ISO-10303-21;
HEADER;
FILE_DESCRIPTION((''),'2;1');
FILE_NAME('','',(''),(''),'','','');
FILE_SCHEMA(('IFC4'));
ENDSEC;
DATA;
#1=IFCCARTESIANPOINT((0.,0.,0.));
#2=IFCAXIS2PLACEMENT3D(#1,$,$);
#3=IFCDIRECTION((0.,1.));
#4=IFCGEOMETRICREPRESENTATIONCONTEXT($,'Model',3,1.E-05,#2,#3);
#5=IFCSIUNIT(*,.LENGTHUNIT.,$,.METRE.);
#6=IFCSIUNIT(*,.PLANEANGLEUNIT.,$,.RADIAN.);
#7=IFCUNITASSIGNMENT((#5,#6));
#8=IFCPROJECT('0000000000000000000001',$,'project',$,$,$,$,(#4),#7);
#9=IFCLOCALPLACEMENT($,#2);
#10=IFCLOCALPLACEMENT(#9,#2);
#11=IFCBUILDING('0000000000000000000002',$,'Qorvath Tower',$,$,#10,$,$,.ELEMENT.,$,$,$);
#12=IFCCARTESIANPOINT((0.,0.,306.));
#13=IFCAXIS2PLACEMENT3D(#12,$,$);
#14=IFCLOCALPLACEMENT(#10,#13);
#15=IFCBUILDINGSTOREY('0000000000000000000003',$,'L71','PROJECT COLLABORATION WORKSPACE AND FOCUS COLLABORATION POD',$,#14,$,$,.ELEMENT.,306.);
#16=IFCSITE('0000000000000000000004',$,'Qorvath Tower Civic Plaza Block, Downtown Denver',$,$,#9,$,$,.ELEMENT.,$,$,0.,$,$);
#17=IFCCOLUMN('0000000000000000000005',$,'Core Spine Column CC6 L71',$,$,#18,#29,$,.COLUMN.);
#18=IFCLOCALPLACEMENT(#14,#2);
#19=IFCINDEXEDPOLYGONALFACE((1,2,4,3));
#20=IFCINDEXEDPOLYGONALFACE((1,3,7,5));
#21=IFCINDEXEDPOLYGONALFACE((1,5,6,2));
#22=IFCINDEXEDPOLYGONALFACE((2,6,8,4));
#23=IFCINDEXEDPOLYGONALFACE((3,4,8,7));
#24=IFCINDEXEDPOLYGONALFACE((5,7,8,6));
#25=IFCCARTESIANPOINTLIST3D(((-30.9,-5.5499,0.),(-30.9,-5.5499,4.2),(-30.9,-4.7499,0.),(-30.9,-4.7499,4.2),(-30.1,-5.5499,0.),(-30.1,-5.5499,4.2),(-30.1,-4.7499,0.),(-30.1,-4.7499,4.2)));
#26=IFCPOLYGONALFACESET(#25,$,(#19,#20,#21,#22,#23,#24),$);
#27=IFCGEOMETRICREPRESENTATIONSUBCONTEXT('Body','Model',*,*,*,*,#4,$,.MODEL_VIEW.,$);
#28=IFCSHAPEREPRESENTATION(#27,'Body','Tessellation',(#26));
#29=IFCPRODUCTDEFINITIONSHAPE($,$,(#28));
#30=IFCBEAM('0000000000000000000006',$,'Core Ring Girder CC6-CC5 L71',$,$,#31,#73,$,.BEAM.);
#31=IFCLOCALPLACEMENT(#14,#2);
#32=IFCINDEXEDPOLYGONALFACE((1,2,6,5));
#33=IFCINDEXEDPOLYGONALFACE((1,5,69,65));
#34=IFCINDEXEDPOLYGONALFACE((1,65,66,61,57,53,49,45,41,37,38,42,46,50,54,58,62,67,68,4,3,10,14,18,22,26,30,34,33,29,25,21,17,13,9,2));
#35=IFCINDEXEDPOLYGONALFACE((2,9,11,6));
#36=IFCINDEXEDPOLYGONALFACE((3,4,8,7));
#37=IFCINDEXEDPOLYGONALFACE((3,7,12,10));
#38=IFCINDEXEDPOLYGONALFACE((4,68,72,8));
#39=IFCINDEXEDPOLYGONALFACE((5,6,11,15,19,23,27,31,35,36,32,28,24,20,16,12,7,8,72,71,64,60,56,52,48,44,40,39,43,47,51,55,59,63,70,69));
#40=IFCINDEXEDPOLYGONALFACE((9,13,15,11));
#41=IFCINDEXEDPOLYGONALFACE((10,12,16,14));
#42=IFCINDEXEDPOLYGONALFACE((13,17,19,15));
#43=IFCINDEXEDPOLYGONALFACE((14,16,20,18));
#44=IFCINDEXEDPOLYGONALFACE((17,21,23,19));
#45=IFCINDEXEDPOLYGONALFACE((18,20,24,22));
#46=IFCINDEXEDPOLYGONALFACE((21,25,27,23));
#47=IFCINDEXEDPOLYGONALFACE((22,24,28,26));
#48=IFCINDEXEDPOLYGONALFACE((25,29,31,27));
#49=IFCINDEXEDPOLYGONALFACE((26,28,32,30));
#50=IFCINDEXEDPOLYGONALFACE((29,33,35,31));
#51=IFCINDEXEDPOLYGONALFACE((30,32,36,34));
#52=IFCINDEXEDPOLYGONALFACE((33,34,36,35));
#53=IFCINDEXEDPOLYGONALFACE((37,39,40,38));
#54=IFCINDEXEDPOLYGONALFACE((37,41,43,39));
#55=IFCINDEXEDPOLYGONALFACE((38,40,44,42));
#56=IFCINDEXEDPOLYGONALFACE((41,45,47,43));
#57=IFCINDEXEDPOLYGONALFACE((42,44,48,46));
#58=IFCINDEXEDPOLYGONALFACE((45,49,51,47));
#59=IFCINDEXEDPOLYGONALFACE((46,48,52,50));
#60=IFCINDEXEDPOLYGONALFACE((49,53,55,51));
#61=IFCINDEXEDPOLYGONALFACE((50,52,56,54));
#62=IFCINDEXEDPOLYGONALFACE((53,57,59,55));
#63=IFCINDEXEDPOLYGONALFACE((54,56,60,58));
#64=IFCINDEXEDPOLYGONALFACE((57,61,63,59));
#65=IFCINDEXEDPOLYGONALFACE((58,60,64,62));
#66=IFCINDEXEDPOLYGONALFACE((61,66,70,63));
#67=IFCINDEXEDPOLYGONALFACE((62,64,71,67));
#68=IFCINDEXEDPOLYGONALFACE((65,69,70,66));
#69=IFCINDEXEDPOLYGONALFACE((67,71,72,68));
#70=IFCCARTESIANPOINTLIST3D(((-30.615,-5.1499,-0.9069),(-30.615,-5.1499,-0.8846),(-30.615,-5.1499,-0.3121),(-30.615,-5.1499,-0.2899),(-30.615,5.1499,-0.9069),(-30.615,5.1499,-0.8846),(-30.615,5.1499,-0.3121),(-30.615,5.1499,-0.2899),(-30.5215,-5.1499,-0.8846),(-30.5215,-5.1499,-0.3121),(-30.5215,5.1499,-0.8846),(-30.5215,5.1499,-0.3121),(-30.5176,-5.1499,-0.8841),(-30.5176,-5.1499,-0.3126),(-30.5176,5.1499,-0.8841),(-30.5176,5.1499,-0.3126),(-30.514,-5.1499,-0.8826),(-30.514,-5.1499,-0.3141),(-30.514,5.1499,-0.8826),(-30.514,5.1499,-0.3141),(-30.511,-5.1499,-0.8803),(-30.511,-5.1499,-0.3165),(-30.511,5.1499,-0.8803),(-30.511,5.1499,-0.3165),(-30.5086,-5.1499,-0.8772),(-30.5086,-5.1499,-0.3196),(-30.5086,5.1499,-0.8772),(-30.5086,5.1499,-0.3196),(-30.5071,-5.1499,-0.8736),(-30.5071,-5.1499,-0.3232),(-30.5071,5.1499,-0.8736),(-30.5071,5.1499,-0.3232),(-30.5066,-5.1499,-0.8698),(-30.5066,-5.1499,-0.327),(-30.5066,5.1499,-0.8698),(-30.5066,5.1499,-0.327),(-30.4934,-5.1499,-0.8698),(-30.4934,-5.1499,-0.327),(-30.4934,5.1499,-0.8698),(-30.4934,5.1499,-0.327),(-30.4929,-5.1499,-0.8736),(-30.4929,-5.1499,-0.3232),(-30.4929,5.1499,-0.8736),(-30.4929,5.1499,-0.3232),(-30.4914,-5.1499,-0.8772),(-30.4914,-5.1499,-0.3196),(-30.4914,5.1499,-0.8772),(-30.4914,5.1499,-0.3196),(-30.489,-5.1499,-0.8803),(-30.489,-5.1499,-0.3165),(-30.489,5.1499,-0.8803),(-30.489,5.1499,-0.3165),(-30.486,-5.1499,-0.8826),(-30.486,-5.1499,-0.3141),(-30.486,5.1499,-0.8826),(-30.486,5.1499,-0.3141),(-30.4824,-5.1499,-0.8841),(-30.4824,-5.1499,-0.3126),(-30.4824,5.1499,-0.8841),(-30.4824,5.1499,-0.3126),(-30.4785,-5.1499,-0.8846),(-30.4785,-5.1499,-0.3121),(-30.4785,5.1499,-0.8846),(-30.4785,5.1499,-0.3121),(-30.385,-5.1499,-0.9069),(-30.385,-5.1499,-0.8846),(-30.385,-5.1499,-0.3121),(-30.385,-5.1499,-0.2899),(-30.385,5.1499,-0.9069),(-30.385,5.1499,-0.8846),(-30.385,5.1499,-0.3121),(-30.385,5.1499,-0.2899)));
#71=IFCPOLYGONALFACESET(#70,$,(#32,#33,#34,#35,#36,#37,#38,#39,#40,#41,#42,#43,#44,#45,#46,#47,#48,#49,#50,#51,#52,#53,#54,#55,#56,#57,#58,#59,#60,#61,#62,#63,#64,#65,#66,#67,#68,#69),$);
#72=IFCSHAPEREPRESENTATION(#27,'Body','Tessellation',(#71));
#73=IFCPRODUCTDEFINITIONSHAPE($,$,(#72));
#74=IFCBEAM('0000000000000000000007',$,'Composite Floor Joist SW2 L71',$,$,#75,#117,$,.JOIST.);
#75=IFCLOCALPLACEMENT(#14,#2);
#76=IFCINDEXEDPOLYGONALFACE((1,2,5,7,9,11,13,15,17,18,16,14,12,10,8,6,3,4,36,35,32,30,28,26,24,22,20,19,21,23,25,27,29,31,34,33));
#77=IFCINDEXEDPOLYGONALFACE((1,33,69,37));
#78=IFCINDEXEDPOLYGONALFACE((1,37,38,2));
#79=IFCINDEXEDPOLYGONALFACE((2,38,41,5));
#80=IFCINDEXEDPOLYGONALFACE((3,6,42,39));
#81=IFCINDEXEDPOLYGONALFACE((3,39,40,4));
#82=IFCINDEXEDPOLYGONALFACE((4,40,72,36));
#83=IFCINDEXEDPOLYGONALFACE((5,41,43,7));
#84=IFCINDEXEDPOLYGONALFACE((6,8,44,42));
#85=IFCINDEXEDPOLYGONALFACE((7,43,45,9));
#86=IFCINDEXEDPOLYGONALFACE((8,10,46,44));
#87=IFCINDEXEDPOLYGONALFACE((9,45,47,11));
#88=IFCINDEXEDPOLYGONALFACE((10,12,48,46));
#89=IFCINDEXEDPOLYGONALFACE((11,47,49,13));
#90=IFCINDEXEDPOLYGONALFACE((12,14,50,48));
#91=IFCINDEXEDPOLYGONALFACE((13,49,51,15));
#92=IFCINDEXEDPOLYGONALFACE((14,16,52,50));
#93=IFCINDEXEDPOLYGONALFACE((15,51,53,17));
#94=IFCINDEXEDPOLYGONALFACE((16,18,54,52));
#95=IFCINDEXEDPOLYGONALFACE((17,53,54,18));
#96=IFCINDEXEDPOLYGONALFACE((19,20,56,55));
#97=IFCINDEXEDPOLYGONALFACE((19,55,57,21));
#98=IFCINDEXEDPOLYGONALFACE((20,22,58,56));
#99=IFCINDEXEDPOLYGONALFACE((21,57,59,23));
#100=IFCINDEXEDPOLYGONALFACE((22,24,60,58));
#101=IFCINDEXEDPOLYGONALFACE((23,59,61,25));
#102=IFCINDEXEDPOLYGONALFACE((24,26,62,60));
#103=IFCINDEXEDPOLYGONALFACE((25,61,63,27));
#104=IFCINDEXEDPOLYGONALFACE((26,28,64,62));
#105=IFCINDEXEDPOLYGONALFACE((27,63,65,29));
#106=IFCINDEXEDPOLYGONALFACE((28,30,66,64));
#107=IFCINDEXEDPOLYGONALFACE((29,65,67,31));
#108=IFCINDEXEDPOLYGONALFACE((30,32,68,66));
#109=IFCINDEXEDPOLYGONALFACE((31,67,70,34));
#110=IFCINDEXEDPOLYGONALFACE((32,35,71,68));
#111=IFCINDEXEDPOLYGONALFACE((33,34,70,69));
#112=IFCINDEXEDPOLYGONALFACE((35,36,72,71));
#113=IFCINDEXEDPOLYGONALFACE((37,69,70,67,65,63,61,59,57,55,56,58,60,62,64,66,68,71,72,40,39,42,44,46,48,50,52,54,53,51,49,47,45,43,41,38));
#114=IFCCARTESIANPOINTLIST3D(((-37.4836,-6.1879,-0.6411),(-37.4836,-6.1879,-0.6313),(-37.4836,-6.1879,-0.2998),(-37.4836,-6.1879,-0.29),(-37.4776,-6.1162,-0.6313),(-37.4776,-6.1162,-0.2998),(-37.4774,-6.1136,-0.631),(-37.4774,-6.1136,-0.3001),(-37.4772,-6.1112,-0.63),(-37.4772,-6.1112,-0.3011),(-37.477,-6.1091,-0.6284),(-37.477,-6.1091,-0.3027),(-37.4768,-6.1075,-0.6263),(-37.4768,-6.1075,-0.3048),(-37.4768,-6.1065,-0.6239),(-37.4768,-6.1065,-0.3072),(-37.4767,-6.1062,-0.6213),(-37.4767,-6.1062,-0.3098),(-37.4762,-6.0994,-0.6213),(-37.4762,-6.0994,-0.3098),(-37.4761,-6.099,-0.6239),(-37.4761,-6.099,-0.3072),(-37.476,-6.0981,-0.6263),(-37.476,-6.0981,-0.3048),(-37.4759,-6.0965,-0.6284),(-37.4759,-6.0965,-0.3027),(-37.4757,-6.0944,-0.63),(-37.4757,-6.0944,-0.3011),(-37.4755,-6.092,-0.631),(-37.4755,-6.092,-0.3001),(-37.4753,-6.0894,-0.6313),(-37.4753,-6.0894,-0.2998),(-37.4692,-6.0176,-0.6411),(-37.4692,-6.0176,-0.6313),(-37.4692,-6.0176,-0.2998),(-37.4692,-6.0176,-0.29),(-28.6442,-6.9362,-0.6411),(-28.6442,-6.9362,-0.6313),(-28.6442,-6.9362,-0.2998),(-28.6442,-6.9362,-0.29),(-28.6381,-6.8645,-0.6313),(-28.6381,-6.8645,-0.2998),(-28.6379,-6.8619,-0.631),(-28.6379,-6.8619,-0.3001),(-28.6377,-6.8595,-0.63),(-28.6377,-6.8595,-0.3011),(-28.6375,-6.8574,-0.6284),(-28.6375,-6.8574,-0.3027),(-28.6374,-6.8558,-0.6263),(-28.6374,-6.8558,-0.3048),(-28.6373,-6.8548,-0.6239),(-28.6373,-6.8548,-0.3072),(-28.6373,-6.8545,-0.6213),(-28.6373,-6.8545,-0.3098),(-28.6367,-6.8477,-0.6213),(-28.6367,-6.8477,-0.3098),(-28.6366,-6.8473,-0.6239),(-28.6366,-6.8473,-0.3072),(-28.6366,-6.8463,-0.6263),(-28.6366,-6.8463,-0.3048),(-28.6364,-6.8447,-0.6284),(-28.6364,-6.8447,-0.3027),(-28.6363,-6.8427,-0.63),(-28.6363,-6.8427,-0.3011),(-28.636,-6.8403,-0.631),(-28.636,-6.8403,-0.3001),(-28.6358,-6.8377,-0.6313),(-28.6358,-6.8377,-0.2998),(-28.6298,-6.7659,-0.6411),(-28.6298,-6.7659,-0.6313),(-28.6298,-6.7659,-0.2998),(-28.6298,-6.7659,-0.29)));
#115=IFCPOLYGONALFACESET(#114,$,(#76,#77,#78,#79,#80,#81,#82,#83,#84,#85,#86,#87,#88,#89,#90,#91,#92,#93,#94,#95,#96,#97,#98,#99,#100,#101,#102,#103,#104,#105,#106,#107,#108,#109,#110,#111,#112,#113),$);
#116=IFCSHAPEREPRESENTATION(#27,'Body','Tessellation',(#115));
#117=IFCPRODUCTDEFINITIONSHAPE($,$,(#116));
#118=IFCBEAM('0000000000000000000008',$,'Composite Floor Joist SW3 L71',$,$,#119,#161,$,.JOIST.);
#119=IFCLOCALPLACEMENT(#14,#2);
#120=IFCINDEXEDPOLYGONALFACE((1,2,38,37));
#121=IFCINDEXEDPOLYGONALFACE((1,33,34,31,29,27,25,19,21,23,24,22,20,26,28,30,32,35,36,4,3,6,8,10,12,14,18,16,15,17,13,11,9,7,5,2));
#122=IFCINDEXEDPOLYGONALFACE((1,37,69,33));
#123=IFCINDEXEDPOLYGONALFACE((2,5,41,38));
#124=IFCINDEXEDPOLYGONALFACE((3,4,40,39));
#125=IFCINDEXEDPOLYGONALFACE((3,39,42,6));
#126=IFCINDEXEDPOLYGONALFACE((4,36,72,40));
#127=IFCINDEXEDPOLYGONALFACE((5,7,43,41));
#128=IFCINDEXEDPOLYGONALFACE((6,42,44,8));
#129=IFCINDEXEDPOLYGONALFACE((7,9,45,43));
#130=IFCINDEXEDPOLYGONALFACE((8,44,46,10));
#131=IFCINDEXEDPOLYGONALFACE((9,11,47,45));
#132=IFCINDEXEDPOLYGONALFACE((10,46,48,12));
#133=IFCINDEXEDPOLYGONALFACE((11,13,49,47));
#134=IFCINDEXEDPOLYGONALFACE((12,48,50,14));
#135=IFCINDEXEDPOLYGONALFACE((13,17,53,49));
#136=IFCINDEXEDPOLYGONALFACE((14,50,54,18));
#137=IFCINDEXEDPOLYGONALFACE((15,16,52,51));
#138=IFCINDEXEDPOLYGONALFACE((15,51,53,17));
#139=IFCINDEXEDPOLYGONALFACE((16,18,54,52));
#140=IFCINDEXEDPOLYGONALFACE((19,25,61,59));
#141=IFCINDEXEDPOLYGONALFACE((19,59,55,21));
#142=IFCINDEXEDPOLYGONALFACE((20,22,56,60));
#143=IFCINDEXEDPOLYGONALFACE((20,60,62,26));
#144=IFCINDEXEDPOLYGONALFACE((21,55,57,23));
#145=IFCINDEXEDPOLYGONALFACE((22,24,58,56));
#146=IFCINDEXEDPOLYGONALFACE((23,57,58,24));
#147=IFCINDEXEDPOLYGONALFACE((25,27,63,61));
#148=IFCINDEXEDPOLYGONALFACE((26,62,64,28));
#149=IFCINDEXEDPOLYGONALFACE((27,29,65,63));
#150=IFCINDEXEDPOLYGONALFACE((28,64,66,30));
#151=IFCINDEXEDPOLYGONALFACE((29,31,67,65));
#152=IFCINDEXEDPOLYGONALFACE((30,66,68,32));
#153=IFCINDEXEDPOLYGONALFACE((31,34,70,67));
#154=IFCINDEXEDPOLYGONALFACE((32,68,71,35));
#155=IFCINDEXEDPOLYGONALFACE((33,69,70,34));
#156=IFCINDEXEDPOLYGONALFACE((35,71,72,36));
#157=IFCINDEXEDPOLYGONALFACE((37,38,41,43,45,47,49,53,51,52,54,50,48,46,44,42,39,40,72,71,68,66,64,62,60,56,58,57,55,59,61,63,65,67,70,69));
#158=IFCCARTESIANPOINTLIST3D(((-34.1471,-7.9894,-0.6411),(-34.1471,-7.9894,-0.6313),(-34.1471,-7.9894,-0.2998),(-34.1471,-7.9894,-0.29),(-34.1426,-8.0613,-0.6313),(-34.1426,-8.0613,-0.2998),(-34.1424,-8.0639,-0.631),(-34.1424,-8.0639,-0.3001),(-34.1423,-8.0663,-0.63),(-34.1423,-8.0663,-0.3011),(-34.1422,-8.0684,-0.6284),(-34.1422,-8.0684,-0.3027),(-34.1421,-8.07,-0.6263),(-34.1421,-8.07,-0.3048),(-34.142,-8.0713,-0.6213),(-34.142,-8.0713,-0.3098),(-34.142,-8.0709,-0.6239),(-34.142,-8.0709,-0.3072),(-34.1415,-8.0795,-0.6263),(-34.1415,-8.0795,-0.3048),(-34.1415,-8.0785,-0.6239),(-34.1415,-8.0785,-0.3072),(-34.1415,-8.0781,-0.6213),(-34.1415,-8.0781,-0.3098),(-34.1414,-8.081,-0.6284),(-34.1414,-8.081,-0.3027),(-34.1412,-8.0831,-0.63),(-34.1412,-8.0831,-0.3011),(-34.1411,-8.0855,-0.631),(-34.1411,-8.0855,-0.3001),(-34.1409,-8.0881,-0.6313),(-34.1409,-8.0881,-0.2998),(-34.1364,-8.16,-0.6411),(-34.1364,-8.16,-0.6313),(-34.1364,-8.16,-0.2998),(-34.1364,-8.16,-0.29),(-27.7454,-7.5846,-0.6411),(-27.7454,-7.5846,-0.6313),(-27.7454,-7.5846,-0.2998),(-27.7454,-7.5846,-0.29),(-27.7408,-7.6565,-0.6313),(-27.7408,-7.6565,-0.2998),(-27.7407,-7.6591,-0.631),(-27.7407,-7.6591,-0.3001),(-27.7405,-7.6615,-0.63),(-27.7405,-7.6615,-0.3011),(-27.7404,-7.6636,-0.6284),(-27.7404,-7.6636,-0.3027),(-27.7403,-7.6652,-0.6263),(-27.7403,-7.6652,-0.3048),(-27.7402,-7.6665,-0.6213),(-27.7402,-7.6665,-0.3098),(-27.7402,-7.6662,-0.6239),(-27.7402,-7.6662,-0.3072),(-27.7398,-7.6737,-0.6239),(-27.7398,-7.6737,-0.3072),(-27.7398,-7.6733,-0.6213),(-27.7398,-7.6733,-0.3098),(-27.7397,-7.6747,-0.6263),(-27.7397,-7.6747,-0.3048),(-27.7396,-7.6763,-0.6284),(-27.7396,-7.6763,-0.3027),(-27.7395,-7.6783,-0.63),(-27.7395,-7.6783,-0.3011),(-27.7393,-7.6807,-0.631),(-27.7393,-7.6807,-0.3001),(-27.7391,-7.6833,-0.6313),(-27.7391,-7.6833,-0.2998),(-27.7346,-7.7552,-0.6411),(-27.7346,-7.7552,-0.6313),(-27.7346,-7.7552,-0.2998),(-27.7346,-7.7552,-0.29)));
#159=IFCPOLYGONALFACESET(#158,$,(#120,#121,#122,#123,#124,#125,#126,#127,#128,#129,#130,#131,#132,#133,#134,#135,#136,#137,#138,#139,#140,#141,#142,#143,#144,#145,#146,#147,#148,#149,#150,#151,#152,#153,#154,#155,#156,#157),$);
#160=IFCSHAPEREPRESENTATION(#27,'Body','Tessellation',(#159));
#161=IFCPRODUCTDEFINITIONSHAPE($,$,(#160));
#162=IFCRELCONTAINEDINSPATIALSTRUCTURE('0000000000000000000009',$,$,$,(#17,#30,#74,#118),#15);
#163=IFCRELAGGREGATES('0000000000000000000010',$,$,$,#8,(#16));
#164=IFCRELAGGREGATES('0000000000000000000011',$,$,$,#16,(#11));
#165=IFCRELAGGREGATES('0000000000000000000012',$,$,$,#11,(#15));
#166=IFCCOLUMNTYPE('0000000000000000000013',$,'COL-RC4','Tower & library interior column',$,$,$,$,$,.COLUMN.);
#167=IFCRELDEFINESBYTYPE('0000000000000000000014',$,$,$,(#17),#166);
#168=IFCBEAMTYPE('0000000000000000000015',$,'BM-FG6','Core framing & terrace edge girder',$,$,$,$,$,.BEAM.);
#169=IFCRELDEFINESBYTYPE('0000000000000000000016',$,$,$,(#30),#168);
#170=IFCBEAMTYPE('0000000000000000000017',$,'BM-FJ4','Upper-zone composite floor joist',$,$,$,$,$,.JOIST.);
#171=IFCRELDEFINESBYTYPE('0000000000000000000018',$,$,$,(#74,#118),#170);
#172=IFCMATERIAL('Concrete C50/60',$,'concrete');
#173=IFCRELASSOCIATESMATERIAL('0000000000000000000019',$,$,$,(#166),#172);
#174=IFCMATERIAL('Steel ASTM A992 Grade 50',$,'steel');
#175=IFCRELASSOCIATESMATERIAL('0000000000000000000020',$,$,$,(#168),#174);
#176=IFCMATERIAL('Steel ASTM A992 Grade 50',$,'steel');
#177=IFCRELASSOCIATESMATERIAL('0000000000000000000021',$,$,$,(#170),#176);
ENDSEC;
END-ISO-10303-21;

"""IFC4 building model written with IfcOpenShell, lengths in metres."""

from ifc_helpers import new_model, si_unit, direction, frame, origin, origin_2d, place, context, subcontext, project, spatial, rectangle, i_section, extrude, material, material_profile, profile_set, type_object, element, save


model = new_model("IFC4")

# Units and contexts
model_context = context("Model", 3, precision=1e-05, world=origin(), true_north=direction((0.0, 1.0)))
body_context = subcontext(model_context, "Body", "Model", "MODEL_VIEW")
ifc_project = project(units=[si_unit("LENGTHUNIT", "METRE"), si_unit("PLANEANGLEUNIT", "RADIAN")], contexts=[model_context])

# Site, building, storey
site_placement = place(None, origin())
site = spatial("IfcSite", under=ifc_project, at=site_placement, Name="Qorvath Tower Civic Plaza Block, Downtown Denver", CompositionType="ELEMENT", RefElevation=0.0)
building_placement = place(site_placement, origin())
building = spatial("IfcBuilding", under=site, at=building_placement, Name="Qorvath Tower", CompositionType="ELEMENT")
storey_placement = place(building_placement, frame((0.0, 0.0, 306.0)))
storey = spatial("IfcBuildingStorey", under=building, at=storey_placement, Name="L71", Description="PROJECT COLLABORATION WORKSPACE AND FOCUS COLLABORATION POD", CompositionType="ELEMENT", Elevation=306.0)

# Column
ifc_material_1 = material(Name="Concrete C50/60", Category="concrete")
ifc_material_profile_1 = material_profile(ifc_material_1, rectangle(XDim=0.8, YDim=0.8, at=origin_2d()), Name="RC 800x800")
ifc_profile_set_1 = profile_set([ifc_material_profile_1], Name="Concrete C50/60")
column_type = type_object("IfcColumnType", Name="COL-RC4", Description="Tower & library interior column", PredefinedType="COLUMN", material=ifc_profile_set_1)
column_placement = place(storey_placement, frame((-30.5, -5.1499, 0.0), z_axis=(0.0, 0.0, 1.0), x_axis=(1.0, 0.0, 0.0)))
element("IfcColumn", 1, at=column_placement, inside=storey, type_object=column_type, Name="Core Spine Column CC6 L71", PredefinedType="COLUMN", context=body_context, shape_type="SweptSolid", body=[
    extrude(rectangle(XDim=0.8, YDim=0.8, at=origin_2d()), origin(), (0.0, 0.0, 1.0), 4.2),
])

# Beams
ifc_material_2 = material(Name="Steel ASTM A992 Grade 50", Category="steel")
ifc_material_profile_2 = material_profile(ifc_material_2, i_section(OverallWidth=0.23, OverallDepth=0.6169, WebThickness=0.0132, FlangeThickness=0.0222, FilletRadius=0.0149, at=origin_2d()), Name="W24x94")
ifc_profile_set_2 = profile_set([ifc_material_profile_2], Name="Steel ASTM A992 Grade 50")
beam_type_1 = type_object("IfcBeamType", Name="BM-FG6", Description="Core framing & terrace edge girder", PredefinedType="BEAM", material=ifc_profile_set_2)
beam_1_placement = place(storey_placement, frame((-30.5, -5.1499, -0.5984), z_axis=(0.0, 1.0, 0.0), x_axis=(-1.0, 0.0, 0.0)))
element("IfcBeam", 2, at=beam_1_placement, inside=storey, type_object=beam_type_1, Name="Core Ring Girder CC6-CC5 L71", PredefinedType="BEAM", context=body_context, shape_type="SweptSolid", body=[
    extrude(i_section(OverallWidth=0.23, OverallDepth=0.6169, WebThickness=0.0132, FlangeThickness=0.0222, FilletRadius=0.0149, at=origin_2d()), origin(), (0.0, 0.0, 1.0), 10.2998),
])
ifc_material_3 = material(Name="Steel ASTM A992 Grade 50", Category="steel")
ifc_material_profile_3 = material_profile(ifc_material_3, i_section(OverallWidth=0.1709, OverallDepth=0.3511, WebThickness=0.0068, FlangeThickness=0.0098, FilletRadius=0.01, at=origin_2d()), Name="W14x30")
ifc_profile_set_3 = profile_set([ifc_material_profile_3], Name="Steel ASTM A992 Grade 50")
beam_type_2 = type_object("IfcBeamType", Name="BM-FJ4", Description="Upper-zone composite floor joist", PredefinedType="JOIST", material=ifc_profile_set_3)
beam_2_placement = place(storey_placement, frame((-28.637, -6.8511, -0.4656), z_axis=(-0.996436, 0.08435, 0.0), x_axis=(-0.08435, -0.996436, 0.0)))
element("IfcBeam", 3, at=beam_2_placement, inside=storey, type_object=beam_type_2, Name="Composite Floor Joist SW2 L71", PredefinedType="JOIST", context=body_context, shape_type="SweptSolid", body=[
    extrude(i_section(OverallWidth=0.1709, OverallDepth=0.3511, WebThickness=0.0068, FlangeThickness=0.0098, FilletRadius=0.01, at=origin_2d()), origin(), (0.0, 0.0, 1.0), 8.8711),
])
beam_3_placement = place(storey_placement, frame((-27.74, -7.6699, -0.4656), z_axis=(-0.998007, -0.063103, 0.0), x_axis=(0.063103, -0.998007, 0.0)))
element("IfcBeam", 4, at=beam_3_placement, inside=storey, type_object=beam_type_2, Name="Composite Floor Joist SW3 L71", PredefinedType="JOIST", context=body_context, shape_type="SweptSolid", body=[
    extrude(i_section(OverallWidth=0.1709, OverallDepth=0.3511, WebThickness=0.0068, FlangeThickness=0.0098, FilletRadius=0.01, at=origin_2d()), origin(), (0.0, 0.0, 1.0), 6.4146),
])

save(model, "model.ifc")
